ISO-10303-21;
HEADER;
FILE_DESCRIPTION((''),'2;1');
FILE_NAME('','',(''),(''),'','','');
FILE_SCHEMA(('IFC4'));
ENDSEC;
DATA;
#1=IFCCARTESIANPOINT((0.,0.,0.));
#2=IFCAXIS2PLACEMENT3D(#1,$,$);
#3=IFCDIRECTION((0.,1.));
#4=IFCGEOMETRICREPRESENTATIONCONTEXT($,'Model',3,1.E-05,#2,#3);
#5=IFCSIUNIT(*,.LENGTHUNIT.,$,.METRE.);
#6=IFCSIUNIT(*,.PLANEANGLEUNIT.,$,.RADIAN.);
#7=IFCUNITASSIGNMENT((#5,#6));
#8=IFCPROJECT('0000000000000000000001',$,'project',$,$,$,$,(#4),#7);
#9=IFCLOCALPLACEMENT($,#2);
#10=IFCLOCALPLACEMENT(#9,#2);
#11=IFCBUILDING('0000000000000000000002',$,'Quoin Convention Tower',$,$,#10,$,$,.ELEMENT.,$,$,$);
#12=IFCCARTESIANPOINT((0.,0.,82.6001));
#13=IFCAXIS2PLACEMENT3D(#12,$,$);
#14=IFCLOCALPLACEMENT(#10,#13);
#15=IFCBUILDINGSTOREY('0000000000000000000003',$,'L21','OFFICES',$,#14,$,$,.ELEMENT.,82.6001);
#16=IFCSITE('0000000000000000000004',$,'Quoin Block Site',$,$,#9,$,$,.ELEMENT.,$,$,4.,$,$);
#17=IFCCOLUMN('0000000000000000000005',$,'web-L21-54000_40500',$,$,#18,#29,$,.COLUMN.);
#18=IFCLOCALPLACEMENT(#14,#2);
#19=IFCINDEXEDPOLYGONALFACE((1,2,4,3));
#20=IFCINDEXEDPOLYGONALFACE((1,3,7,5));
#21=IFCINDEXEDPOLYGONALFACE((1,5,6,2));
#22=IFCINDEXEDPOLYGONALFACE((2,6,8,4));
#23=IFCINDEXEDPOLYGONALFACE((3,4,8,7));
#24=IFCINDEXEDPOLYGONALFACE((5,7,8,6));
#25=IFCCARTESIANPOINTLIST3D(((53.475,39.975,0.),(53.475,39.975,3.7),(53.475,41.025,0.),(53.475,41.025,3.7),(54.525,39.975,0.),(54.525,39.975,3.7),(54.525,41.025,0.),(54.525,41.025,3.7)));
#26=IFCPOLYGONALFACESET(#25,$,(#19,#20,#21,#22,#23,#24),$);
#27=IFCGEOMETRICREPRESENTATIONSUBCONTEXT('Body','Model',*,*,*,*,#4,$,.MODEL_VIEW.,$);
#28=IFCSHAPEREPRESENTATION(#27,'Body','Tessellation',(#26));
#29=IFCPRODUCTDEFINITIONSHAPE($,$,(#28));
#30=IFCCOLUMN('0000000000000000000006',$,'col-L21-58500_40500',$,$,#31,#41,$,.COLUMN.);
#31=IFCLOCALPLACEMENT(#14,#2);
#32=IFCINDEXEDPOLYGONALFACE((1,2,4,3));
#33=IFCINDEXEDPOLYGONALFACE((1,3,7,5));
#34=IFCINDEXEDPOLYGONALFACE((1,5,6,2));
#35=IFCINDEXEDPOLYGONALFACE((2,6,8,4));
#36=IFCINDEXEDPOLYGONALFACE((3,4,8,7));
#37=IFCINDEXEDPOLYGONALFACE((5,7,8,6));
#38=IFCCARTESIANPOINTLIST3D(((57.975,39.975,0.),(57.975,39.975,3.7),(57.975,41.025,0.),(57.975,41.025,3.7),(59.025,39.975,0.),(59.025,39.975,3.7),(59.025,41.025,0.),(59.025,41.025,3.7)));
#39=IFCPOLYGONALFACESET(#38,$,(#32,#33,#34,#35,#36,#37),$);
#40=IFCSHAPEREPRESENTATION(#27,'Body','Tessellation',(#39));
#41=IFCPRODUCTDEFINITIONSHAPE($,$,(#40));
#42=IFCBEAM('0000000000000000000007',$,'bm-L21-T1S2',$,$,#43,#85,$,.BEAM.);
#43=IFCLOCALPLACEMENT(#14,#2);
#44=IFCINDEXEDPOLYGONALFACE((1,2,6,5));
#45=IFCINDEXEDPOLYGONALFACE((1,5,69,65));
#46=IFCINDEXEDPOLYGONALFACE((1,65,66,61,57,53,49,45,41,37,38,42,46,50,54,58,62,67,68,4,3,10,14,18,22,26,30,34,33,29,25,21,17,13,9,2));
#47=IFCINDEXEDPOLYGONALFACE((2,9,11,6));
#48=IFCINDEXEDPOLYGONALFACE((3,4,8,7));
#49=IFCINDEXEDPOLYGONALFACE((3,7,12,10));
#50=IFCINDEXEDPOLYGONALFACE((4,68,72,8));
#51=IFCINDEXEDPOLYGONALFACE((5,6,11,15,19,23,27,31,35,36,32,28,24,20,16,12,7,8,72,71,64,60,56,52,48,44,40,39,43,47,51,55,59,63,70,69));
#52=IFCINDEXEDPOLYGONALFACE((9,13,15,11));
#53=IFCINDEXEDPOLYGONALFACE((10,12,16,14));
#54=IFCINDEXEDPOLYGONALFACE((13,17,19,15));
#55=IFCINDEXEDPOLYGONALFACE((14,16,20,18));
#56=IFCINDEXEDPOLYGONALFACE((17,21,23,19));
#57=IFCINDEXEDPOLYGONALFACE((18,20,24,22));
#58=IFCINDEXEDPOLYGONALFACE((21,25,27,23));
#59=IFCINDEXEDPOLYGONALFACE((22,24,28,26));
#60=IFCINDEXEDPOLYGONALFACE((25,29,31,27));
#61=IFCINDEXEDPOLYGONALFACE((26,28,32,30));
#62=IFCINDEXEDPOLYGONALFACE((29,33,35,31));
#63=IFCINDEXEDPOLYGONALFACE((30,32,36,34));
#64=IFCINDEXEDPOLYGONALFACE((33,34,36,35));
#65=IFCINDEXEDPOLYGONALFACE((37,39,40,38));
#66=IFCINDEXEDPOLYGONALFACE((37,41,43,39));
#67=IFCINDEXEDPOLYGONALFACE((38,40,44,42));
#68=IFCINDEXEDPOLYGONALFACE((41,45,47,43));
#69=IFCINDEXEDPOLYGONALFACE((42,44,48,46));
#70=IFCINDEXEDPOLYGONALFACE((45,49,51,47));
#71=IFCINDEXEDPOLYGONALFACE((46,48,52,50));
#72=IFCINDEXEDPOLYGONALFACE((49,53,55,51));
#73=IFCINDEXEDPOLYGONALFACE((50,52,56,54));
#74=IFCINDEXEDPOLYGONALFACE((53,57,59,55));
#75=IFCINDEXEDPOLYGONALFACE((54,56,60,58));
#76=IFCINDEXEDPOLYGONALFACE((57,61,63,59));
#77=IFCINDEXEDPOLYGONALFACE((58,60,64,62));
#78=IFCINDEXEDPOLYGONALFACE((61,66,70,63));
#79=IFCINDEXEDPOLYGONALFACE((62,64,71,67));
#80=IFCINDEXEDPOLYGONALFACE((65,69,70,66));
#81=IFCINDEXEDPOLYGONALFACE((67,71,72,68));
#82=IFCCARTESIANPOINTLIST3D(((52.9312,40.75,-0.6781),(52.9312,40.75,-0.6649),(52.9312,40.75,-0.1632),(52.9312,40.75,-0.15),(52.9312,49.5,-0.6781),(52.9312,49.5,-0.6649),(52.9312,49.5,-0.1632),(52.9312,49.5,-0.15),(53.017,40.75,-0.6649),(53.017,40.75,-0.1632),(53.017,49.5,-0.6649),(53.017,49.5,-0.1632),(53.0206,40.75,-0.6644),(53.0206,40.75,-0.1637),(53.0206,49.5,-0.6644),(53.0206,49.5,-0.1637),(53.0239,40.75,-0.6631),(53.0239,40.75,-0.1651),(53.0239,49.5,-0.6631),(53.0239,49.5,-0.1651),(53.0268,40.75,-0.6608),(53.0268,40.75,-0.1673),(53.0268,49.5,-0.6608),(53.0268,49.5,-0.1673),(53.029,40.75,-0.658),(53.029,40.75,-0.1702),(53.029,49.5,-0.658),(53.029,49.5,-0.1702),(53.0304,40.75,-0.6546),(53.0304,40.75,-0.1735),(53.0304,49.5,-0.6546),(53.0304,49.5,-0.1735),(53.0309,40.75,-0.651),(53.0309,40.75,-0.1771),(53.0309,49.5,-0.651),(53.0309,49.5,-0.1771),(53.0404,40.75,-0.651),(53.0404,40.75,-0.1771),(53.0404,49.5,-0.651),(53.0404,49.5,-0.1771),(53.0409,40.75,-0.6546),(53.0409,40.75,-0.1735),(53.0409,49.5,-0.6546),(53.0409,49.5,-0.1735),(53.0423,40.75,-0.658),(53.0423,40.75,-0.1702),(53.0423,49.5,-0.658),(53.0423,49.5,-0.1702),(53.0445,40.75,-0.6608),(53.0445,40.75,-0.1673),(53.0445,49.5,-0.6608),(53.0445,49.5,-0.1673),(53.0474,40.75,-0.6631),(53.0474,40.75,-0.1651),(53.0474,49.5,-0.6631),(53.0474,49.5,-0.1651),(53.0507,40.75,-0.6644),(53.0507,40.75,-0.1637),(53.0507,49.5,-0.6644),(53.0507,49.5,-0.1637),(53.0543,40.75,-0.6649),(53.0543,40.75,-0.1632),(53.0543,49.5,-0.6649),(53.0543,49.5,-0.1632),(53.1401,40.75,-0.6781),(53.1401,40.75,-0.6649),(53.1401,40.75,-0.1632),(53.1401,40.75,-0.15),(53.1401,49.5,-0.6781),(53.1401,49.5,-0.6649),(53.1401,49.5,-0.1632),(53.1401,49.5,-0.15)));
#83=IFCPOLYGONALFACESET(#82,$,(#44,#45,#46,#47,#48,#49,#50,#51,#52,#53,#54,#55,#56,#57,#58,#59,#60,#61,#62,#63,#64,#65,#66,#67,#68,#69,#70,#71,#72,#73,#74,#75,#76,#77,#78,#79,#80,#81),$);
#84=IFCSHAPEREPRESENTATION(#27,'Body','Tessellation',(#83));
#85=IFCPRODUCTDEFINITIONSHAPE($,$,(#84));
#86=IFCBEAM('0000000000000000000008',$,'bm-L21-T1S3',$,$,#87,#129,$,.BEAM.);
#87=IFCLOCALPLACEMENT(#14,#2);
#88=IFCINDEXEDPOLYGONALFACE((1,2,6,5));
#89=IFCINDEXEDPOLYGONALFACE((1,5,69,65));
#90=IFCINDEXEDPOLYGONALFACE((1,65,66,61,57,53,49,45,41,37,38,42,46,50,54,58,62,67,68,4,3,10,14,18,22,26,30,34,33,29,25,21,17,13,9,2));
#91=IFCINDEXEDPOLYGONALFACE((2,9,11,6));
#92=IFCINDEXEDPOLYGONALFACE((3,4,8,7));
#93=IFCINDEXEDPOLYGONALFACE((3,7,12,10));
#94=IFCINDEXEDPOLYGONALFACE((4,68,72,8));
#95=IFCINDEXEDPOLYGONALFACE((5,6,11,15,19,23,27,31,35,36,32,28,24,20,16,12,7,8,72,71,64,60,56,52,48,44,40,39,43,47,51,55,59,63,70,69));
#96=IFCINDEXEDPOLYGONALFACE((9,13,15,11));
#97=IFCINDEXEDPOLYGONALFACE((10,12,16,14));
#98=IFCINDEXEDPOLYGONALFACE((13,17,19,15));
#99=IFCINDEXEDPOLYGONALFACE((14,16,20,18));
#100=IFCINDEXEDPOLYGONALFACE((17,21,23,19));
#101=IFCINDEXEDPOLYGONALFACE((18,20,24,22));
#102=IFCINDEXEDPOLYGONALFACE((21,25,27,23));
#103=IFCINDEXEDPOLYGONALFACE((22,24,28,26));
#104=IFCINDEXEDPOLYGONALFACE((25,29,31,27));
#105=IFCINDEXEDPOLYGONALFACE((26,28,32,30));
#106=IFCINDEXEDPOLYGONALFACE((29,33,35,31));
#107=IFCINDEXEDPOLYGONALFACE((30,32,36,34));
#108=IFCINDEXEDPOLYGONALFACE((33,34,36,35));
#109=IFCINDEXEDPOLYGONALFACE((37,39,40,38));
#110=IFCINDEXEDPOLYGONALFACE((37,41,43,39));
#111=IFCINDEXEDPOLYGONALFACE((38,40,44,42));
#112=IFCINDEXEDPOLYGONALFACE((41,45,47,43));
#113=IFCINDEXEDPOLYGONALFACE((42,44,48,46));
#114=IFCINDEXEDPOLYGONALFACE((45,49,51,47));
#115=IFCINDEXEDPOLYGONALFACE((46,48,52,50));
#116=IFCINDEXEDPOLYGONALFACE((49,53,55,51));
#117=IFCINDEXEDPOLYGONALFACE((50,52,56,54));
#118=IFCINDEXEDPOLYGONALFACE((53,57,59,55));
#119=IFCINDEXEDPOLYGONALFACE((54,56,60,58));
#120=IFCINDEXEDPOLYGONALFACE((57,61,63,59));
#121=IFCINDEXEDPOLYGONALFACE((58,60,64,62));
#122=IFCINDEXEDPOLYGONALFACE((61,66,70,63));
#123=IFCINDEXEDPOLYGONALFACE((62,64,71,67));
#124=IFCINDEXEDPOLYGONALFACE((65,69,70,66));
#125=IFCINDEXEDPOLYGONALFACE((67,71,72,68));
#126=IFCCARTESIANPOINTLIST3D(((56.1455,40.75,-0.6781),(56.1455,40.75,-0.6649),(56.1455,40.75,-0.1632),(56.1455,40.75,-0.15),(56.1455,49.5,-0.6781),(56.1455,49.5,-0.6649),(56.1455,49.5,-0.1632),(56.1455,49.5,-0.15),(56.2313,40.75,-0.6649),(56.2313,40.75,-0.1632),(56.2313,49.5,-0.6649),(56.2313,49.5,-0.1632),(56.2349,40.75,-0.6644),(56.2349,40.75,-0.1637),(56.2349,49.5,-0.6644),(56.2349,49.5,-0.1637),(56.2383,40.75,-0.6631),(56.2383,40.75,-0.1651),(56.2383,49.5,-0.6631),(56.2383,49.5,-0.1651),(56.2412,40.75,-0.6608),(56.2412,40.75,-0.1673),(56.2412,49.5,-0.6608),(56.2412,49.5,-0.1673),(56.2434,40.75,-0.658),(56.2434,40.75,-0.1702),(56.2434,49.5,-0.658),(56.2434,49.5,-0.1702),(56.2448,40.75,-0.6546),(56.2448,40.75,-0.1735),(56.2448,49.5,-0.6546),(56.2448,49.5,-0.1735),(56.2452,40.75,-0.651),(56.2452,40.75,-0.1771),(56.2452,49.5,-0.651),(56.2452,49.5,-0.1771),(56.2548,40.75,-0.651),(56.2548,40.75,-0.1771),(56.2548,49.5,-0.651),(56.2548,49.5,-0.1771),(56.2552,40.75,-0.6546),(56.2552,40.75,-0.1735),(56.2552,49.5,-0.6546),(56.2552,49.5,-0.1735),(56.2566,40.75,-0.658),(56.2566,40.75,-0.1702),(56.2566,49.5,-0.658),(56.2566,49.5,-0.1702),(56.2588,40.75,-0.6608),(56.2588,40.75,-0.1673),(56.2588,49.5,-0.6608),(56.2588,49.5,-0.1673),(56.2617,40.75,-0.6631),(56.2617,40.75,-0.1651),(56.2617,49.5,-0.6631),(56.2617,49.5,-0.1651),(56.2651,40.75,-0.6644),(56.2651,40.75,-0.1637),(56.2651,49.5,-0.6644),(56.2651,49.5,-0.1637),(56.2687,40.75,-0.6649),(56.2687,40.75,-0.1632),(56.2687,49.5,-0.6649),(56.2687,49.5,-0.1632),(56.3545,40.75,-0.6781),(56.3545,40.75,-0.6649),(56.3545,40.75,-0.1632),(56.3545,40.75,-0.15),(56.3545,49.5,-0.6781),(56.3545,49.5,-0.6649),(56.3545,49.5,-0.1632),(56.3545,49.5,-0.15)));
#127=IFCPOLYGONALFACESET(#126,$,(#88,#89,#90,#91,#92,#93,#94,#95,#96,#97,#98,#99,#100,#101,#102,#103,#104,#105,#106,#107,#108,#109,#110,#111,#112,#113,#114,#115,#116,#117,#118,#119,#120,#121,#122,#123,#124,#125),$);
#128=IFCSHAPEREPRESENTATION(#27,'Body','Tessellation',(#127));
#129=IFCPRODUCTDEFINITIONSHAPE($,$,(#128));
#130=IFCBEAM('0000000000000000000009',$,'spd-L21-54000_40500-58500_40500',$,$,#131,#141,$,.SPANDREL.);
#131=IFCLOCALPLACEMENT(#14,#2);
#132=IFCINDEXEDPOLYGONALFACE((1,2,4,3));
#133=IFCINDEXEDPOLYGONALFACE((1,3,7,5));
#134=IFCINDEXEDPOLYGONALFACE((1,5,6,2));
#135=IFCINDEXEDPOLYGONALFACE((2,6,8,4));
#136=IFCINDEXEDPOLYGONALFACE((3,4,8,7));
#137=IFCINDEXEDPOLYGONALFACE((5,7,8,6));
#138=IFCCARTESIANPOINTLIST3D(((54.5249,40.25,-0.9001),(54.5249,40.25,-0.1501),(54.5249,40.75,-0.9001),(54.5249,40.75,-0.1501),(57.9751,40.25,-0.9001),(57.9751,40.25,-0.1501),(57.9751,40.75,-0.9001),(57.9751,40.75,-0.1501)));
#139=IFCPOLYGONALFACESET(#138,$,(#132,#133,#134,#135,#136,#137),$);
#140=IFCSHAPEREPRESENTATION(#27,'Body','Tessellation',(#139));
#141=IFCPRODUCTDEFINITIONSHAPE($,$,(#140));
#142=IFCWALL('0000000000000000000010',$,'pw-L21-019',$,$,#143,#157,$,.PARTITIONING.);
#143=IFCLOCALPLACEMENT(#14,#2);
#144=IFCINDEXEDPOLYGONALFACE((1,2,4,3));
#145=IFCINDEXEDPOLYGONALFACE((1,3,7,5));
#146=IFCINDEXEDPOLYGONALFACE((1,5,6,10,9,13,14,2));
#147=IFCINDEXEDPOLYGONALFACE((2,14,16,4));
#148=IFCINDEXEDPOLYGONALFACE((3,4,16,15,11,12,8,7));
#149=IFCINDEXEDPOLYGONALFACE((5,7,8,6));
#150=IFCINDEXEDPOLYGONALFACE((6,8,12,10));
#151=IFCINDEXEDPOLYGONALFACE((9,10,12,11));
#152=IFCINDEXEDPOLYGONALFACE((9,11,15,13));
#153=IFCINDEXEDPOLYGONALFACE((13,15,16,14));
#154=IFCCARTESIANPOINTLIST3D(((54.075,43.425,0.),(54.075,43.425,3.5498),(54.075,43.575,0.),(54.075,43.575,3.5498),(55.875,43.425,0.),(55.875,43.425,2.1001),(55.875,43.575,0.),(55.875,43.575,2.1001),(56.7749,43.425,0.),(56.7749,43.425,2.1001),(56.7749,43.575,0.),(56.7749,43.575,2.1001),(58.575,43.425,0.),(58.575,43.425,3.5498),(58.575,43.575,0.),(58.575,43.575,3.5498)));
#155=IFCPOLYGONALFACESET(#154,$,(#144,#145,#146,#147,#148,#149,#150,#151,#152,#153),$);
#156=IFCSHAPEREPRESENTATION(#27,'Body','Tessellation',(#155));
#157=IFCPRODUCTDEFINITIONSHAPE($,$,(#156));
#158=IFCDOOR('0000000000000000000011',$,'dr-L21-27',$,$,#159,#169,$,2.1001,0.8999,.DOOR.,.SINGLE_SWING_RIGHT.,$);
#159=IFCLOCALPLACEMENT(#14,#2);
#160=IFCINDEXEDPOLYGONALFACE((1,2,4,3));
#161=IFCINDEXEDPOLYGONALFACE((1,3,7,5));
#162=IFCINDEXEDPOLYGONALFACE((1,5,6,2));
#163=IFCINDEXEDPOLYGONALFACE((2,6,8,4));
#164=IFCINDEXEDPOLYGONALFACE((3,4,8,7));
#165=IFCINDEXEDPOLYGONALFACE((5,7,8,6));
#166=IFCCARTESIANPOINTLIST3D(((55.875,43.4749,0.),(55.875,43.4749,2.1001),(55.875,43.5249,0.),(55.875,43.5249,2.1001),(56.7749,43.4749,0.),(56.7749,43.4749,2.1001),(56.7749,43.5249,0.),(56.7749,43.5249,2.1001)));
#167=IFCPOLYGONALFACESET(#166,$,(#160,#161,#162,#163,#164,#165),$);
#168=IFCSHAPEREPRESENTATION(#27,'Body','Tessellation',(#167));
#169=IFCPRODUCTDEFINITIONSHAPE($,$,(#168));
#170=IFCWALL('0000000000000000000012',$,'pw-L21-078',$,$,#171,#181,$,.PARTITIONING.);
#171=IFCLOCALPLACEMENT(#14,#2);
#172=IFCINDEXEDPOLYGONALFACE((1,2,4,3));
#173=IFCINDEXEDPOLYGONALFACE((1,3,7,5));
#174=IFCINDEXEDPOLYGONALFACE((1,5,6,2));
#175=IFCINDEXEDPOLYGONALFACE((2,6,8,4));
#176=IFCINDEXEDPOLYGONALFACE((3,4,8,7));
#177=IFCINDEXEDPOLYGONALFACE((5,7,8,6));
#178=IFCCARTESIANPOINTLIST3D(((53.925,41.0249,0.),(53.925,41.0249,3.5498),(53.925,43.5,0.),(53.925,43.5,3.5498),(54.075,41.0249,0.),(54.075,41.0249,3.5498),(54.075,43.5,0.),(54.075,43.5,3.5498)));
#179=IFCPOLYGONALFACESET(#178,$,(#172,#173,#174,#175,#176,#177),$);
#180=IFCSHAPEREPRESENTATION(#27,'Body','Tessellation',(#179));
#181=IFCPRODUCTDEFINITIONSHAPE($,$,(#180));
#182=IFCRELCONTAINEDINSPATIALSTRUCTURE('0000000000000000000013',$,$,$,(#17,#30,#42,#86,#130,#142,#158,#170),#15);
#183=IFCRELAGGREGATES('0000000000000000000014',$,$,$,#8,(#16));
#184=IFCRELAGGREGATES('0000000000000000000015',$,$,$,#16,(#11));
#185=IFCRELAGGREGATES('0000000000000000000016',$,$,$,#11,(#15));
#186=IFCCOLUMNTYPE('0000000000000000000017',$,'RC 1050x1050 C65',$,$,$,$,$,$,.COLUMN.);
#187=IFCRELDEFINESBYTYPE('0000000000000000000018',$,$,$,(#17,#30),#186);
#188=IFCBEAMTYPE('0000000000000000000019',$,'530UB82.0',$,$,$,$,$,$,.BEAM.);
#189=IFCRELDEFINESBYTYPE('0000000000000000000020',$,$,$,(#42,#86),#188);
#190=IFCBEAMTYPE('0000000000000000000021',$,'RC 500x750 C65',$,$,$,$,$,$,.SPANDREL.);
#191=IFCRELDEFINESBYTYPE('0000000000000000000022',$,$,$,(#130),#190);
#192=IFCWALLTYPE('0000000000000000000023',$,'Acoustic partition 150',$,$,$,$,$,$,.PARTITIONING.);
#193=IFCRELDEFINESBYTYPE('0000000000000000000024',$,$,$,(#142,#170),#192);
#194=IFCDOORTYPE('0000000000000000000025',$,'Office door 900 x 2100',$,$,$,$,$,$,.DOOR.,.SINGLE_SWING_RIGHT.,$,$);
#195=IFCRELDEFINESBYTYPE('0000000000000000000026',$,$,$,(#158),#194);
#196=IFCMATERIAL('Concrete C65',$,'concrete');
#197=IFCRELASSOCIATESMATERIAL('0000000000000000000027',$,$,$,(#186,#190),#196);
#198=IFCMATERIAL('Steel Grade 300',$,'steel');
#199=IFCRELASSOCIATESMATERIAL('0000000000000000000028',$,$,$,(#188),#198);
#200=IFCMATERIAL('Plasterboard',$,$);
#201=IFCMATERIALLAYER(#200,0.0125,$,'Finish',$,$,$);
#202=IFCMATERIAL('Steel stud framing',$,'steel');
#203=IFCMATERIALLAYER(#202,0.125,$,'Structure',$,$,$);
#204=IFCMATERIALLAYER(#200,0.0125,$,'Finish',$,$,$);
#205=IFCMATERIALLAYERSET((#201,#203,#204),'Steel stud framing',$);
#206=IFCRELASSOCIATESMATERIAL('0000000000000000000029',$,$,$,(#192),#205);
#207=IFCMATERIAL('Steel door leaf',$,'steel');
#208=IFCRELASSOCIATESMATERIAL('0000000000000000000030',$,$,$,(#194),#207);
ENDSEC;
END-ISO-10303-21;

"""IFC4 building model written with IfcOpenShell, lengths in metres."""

from ifc_helpers import new_model, si_unit, direction, frame, frame_2d, origin, origin_2d, place, context, subcontext, project, spatial, rectangle, i_section, extrude, material, layer, layer_set, material_profile, profile_set, type_object, element, fill, save


model = new_model("IFC4")

# Units and contexts
model_context = context("Model", 3, precision=1e-05, world=origin(), true_north=direction((0.0, 1.0)))
body_context = subcontext(model_context, "Body", "Model", "MODEL_VIEW")
ifc_project = project(units=[si_unit("LENGTHUNIT", "METRE"), si_unit("PLANEANGLEUNIT", "RADIAN")], contexts=[model_context])

# Site, building, storey
site_placement = place(None, origin())
site = spatial("IfcSite", under=ifc_project, at=site_placement, Name="Quoin Block Site", CompositionType="ELEMENT", RefElevation=4.0)
building_placement = place(site_placement, origin())
building = spatial("IfcBuilding", under=site, at=building_placement, Name="Quoin Convention Tower", CompositionType="ELEMENT")
storey_placement = place(building_placement, frame((0.0, 0.0, 82.6001)))
storey = spatial("IfcBuildingStorey", under=building, at=storey_placement, Name="L21", Description="OFFICES", CompositionType="ELEMENT", Elevation=82.6001)

# Columns
ifc_material_1 = material(Name="Concrete C65", Category="concrete")
ifc_material_profile_1 = material_profile(ifc_material_1, rectangle(XDim=1.05, YDim=1.05, at=origin_2d()), Name="RC 1050x1050")
ifc_profile_set_1 = profile_set([ifc_material_profile_1], Name="Concrete C65")
column_type = type_object("IfcColumnType", Name="RC 1050x1050 C65", PredefinedType="COLUMN", material=ifc_profile_set_1)
for number, where, z_axis, x_axis, name in (
    (1, (54.0, 40.5, 0.0), (0.0, 0.0, 1.0), (1.0, 0.0, 0.0), "web-L21-54000_40500"),
    (2, (58.5, 40.5, 0.0), (0.0, 0.0, 1.0), (1.0, 0.0, 0.0), "col-L21-58500_40500"),
):
    element("IfcColumn", number, at=place(storey_placement, frame(where, z_axis=z_axis, x_axis=x_axis)), inside=storey, type_object=column_type, Name=name, PredefinedType="COLUMN", context=body_context, shape_type="SweptSolid", body=[
        extrude(rectangle(XDim=1.05, YDim=1.05, at=origin_2d()), origin(), (0.0, 0.0, 1.0), 3.7),
    ])

# Beams
ifc_material_2 = material(Name="Steel Grade 300", Category="steel")
ifc_material_profile_2 = material_profile(ifc_material_2, i_section(OverallWidth=0.209, OverallDepth=0.5281, WebThickness=0.0095, FlangeThickness=0.0132, FilletRadius=0.0139, at=origin_2d()), Name="530UB82.0")
ifc_profile_set_2 = profile_set([ifc_material_profile_2], Name="Steel Grade 300")
beam_type_1 = type_object("IfcBeamType", Name="530UB82.0", PredefinedType="BEAM", material=ifc_profile_set_2)
for number, where, z_axis, x_axis, name in (
    (3, (53.0356, 40.75, -0.4141), (0.0, 1.0, 0.0), (-1.0, 0.0, 0.0), "bm-L21-T1S2"),
    (4, (56.25, 40.75, -0.4141), (0.0, 1.0, 0.0), (-1.0, 0.0, 0.0), "bm-L21-T1S3"),
):
    element("IfcBeam", number, at=place(storey_placement, frame(where, z_axis=z_axis, x_axis=x_axis)), inside=storey, type_object=beam_type_1, Name=name, PredefinedType="BEAM", context=body_context, shape_type="SweptSolid", body=[
        extrude(i_section(OverallWidth=0.209, OverallDepth=0.5281, WebThickness=0.0095, FlangeThickness=0.0132, FilletRadius=0.0139, at=origin_2d()), origin(), (0.0, 0.0, 1.0), 8.75),
    ])
ifc_material_profile_3 = material_profile(ifc_material_1, rectangle(XDim=0.5, YDim=0.75, at=origin_2d()), Name="RC 500x750")
ifc_profile_set_3 = profile_set([ifc_material_profile_3], Name="Concrete C65")
beam_type_2 = type_object("IfcBeamType", Name="RC 500x750 C65", PredefinedType="SPANDREL", material=ifc_profile_set_3)
beam_placement = place(storey_placement, frame((54.5249, 40.5, -0.5251), z_axis=(1.0, 0.0, 0.0), x_axis=(0.0, 1.0, 0.0)))
element("IfcBeam", 5, at=beam_placement, inside=storey, type_object=beam_type_2, Name="spd-L21-54000_40500-58500_40500", PredefinedType="SPANDREL", context=body_context, shape_type="SweptSolid", body=[
    extrude(rectangle(XDim=0.5, YDim=0.75, at=origin_2d()), origin(), (0.0, 0.0, 1.0), 3.4502),
])

# Wall, opening, door
ifc_material_3 = material(Name="Plasterboard")
ifc_layer_1 = layer(ifc_material_3, 0.0125, Name="Finish")
ifc_material_4 = material(Name="Steel stud framing", Category="steel")
ifc_layer_2 = layer(ifc_material_4, 0.125, Name="Structure")
ifc_layer_3 = layer(ifc_material_3, 0.0125, Name="Finish")
ifc_layer_set_1 = layer_set([ifc_layer_1, ifc_layer_2, ifc_layer_3], Name="Steel stud framing")
wall_type_1 = type_object("IfcWallType", Name="Acoustic partition 150", PredefinedType="PARTITIONING", material=ifc_layer_set_1)
wall_1_placement = place(storey_placement, frame((54.075, 43.5, 0.0), z_axis=(0.0, 0.0, 1.0), x_axis=(1.0, 0.0, 0.0)))
wall_1 = element("IfcWall", 6, at=wall_1_placement, inside=storey, type_object=wall_type_1, Name="pw-L21-019", PredefinedType="PARTITIONING", context=body_context, shape_type="SweptSolid", body=[
    extrude(rectangle(XDim=4.5, YDim=0.1499, at=frame_2d((2.25, 0.0))), origin(), (0.0, 0.0, 1.0), 3.5498),
])
opening_1_placement = place(wall_1_placement, frame((1.8, 0.0, 0.0)))
opening_1 = element("IfcOpeningElement", 7, at=opening_1_placement, cuts=wall_1, PredefinedType="OPENING", context=body_context, shape_type="SweptSolid", body=[
    extrude(rectangle(XDim=0.8999, YDim=2.1001, at=frame_2d((0.45, 1.05))), frame((0.0, 0.085, 0.0), z_axis=(0.0, -1.0, 0.0), x_axis=(1.0, 0.0, 0.0)), (0.0, 0.0, 1.0), 0.1699),
])
ifc_material_5 = material(Name="Steel door leaf", Category="steel")
door_type = type_object("IfcDoorType", Name="Office door 900 x 2100", OperationType="SINGLE_SWING_RIGHT", PredefinedType="DOOR", material=ifc_material_5)
door_1_placement = place(opening_1_placement, origin())
door_1 = element("IfcDoor", 8, at=door_1_placement, inside=storey, type_object=door_type, Name="dr-L21-27", OperationType="SINGLE_SWING_RIGHT", OverallHeight=2.1001, OverallWidth=0.8999, PredefinedType="DOOR", context=body_context, shape_type="SweptSolid", body=[
    extrude(rectangle(XDim=0.8999, YDim=2.1001, at=frame_2d((0.45, 1.05))), frame((0.0, 0.0249, 0.0), z_axis=(0.0, -1.0, 0.0), x_axis=(1.0, 0.0, 0.0)), (0.0, 0.0, 1.0), 0.05),
])
fill(opening_1, door_1)

# Wall
wall_2_placement = place(storey_placement, frame((54.0, 41.0249, 0.0), z_axis=(0.0, 0.0, 1.0), x_axis=(0.0, 1.0, 0.0)))
element("IfcWall", 9, at=wall_2_placement, inside=storey, type_object=wall_type_1, Name="pw-L21-078", PredefinedType="PARTITIONING", context=body_context, shape_type="SweptSolid", body=[
    extrude(rectangle(XDim=2.4751, YDim=0.1499, at=frame_2d((1.2375, 0.0))), origin(), (0.0, 0.0, 1.0), 3.5498),
])

save(model, "model.ifc")
